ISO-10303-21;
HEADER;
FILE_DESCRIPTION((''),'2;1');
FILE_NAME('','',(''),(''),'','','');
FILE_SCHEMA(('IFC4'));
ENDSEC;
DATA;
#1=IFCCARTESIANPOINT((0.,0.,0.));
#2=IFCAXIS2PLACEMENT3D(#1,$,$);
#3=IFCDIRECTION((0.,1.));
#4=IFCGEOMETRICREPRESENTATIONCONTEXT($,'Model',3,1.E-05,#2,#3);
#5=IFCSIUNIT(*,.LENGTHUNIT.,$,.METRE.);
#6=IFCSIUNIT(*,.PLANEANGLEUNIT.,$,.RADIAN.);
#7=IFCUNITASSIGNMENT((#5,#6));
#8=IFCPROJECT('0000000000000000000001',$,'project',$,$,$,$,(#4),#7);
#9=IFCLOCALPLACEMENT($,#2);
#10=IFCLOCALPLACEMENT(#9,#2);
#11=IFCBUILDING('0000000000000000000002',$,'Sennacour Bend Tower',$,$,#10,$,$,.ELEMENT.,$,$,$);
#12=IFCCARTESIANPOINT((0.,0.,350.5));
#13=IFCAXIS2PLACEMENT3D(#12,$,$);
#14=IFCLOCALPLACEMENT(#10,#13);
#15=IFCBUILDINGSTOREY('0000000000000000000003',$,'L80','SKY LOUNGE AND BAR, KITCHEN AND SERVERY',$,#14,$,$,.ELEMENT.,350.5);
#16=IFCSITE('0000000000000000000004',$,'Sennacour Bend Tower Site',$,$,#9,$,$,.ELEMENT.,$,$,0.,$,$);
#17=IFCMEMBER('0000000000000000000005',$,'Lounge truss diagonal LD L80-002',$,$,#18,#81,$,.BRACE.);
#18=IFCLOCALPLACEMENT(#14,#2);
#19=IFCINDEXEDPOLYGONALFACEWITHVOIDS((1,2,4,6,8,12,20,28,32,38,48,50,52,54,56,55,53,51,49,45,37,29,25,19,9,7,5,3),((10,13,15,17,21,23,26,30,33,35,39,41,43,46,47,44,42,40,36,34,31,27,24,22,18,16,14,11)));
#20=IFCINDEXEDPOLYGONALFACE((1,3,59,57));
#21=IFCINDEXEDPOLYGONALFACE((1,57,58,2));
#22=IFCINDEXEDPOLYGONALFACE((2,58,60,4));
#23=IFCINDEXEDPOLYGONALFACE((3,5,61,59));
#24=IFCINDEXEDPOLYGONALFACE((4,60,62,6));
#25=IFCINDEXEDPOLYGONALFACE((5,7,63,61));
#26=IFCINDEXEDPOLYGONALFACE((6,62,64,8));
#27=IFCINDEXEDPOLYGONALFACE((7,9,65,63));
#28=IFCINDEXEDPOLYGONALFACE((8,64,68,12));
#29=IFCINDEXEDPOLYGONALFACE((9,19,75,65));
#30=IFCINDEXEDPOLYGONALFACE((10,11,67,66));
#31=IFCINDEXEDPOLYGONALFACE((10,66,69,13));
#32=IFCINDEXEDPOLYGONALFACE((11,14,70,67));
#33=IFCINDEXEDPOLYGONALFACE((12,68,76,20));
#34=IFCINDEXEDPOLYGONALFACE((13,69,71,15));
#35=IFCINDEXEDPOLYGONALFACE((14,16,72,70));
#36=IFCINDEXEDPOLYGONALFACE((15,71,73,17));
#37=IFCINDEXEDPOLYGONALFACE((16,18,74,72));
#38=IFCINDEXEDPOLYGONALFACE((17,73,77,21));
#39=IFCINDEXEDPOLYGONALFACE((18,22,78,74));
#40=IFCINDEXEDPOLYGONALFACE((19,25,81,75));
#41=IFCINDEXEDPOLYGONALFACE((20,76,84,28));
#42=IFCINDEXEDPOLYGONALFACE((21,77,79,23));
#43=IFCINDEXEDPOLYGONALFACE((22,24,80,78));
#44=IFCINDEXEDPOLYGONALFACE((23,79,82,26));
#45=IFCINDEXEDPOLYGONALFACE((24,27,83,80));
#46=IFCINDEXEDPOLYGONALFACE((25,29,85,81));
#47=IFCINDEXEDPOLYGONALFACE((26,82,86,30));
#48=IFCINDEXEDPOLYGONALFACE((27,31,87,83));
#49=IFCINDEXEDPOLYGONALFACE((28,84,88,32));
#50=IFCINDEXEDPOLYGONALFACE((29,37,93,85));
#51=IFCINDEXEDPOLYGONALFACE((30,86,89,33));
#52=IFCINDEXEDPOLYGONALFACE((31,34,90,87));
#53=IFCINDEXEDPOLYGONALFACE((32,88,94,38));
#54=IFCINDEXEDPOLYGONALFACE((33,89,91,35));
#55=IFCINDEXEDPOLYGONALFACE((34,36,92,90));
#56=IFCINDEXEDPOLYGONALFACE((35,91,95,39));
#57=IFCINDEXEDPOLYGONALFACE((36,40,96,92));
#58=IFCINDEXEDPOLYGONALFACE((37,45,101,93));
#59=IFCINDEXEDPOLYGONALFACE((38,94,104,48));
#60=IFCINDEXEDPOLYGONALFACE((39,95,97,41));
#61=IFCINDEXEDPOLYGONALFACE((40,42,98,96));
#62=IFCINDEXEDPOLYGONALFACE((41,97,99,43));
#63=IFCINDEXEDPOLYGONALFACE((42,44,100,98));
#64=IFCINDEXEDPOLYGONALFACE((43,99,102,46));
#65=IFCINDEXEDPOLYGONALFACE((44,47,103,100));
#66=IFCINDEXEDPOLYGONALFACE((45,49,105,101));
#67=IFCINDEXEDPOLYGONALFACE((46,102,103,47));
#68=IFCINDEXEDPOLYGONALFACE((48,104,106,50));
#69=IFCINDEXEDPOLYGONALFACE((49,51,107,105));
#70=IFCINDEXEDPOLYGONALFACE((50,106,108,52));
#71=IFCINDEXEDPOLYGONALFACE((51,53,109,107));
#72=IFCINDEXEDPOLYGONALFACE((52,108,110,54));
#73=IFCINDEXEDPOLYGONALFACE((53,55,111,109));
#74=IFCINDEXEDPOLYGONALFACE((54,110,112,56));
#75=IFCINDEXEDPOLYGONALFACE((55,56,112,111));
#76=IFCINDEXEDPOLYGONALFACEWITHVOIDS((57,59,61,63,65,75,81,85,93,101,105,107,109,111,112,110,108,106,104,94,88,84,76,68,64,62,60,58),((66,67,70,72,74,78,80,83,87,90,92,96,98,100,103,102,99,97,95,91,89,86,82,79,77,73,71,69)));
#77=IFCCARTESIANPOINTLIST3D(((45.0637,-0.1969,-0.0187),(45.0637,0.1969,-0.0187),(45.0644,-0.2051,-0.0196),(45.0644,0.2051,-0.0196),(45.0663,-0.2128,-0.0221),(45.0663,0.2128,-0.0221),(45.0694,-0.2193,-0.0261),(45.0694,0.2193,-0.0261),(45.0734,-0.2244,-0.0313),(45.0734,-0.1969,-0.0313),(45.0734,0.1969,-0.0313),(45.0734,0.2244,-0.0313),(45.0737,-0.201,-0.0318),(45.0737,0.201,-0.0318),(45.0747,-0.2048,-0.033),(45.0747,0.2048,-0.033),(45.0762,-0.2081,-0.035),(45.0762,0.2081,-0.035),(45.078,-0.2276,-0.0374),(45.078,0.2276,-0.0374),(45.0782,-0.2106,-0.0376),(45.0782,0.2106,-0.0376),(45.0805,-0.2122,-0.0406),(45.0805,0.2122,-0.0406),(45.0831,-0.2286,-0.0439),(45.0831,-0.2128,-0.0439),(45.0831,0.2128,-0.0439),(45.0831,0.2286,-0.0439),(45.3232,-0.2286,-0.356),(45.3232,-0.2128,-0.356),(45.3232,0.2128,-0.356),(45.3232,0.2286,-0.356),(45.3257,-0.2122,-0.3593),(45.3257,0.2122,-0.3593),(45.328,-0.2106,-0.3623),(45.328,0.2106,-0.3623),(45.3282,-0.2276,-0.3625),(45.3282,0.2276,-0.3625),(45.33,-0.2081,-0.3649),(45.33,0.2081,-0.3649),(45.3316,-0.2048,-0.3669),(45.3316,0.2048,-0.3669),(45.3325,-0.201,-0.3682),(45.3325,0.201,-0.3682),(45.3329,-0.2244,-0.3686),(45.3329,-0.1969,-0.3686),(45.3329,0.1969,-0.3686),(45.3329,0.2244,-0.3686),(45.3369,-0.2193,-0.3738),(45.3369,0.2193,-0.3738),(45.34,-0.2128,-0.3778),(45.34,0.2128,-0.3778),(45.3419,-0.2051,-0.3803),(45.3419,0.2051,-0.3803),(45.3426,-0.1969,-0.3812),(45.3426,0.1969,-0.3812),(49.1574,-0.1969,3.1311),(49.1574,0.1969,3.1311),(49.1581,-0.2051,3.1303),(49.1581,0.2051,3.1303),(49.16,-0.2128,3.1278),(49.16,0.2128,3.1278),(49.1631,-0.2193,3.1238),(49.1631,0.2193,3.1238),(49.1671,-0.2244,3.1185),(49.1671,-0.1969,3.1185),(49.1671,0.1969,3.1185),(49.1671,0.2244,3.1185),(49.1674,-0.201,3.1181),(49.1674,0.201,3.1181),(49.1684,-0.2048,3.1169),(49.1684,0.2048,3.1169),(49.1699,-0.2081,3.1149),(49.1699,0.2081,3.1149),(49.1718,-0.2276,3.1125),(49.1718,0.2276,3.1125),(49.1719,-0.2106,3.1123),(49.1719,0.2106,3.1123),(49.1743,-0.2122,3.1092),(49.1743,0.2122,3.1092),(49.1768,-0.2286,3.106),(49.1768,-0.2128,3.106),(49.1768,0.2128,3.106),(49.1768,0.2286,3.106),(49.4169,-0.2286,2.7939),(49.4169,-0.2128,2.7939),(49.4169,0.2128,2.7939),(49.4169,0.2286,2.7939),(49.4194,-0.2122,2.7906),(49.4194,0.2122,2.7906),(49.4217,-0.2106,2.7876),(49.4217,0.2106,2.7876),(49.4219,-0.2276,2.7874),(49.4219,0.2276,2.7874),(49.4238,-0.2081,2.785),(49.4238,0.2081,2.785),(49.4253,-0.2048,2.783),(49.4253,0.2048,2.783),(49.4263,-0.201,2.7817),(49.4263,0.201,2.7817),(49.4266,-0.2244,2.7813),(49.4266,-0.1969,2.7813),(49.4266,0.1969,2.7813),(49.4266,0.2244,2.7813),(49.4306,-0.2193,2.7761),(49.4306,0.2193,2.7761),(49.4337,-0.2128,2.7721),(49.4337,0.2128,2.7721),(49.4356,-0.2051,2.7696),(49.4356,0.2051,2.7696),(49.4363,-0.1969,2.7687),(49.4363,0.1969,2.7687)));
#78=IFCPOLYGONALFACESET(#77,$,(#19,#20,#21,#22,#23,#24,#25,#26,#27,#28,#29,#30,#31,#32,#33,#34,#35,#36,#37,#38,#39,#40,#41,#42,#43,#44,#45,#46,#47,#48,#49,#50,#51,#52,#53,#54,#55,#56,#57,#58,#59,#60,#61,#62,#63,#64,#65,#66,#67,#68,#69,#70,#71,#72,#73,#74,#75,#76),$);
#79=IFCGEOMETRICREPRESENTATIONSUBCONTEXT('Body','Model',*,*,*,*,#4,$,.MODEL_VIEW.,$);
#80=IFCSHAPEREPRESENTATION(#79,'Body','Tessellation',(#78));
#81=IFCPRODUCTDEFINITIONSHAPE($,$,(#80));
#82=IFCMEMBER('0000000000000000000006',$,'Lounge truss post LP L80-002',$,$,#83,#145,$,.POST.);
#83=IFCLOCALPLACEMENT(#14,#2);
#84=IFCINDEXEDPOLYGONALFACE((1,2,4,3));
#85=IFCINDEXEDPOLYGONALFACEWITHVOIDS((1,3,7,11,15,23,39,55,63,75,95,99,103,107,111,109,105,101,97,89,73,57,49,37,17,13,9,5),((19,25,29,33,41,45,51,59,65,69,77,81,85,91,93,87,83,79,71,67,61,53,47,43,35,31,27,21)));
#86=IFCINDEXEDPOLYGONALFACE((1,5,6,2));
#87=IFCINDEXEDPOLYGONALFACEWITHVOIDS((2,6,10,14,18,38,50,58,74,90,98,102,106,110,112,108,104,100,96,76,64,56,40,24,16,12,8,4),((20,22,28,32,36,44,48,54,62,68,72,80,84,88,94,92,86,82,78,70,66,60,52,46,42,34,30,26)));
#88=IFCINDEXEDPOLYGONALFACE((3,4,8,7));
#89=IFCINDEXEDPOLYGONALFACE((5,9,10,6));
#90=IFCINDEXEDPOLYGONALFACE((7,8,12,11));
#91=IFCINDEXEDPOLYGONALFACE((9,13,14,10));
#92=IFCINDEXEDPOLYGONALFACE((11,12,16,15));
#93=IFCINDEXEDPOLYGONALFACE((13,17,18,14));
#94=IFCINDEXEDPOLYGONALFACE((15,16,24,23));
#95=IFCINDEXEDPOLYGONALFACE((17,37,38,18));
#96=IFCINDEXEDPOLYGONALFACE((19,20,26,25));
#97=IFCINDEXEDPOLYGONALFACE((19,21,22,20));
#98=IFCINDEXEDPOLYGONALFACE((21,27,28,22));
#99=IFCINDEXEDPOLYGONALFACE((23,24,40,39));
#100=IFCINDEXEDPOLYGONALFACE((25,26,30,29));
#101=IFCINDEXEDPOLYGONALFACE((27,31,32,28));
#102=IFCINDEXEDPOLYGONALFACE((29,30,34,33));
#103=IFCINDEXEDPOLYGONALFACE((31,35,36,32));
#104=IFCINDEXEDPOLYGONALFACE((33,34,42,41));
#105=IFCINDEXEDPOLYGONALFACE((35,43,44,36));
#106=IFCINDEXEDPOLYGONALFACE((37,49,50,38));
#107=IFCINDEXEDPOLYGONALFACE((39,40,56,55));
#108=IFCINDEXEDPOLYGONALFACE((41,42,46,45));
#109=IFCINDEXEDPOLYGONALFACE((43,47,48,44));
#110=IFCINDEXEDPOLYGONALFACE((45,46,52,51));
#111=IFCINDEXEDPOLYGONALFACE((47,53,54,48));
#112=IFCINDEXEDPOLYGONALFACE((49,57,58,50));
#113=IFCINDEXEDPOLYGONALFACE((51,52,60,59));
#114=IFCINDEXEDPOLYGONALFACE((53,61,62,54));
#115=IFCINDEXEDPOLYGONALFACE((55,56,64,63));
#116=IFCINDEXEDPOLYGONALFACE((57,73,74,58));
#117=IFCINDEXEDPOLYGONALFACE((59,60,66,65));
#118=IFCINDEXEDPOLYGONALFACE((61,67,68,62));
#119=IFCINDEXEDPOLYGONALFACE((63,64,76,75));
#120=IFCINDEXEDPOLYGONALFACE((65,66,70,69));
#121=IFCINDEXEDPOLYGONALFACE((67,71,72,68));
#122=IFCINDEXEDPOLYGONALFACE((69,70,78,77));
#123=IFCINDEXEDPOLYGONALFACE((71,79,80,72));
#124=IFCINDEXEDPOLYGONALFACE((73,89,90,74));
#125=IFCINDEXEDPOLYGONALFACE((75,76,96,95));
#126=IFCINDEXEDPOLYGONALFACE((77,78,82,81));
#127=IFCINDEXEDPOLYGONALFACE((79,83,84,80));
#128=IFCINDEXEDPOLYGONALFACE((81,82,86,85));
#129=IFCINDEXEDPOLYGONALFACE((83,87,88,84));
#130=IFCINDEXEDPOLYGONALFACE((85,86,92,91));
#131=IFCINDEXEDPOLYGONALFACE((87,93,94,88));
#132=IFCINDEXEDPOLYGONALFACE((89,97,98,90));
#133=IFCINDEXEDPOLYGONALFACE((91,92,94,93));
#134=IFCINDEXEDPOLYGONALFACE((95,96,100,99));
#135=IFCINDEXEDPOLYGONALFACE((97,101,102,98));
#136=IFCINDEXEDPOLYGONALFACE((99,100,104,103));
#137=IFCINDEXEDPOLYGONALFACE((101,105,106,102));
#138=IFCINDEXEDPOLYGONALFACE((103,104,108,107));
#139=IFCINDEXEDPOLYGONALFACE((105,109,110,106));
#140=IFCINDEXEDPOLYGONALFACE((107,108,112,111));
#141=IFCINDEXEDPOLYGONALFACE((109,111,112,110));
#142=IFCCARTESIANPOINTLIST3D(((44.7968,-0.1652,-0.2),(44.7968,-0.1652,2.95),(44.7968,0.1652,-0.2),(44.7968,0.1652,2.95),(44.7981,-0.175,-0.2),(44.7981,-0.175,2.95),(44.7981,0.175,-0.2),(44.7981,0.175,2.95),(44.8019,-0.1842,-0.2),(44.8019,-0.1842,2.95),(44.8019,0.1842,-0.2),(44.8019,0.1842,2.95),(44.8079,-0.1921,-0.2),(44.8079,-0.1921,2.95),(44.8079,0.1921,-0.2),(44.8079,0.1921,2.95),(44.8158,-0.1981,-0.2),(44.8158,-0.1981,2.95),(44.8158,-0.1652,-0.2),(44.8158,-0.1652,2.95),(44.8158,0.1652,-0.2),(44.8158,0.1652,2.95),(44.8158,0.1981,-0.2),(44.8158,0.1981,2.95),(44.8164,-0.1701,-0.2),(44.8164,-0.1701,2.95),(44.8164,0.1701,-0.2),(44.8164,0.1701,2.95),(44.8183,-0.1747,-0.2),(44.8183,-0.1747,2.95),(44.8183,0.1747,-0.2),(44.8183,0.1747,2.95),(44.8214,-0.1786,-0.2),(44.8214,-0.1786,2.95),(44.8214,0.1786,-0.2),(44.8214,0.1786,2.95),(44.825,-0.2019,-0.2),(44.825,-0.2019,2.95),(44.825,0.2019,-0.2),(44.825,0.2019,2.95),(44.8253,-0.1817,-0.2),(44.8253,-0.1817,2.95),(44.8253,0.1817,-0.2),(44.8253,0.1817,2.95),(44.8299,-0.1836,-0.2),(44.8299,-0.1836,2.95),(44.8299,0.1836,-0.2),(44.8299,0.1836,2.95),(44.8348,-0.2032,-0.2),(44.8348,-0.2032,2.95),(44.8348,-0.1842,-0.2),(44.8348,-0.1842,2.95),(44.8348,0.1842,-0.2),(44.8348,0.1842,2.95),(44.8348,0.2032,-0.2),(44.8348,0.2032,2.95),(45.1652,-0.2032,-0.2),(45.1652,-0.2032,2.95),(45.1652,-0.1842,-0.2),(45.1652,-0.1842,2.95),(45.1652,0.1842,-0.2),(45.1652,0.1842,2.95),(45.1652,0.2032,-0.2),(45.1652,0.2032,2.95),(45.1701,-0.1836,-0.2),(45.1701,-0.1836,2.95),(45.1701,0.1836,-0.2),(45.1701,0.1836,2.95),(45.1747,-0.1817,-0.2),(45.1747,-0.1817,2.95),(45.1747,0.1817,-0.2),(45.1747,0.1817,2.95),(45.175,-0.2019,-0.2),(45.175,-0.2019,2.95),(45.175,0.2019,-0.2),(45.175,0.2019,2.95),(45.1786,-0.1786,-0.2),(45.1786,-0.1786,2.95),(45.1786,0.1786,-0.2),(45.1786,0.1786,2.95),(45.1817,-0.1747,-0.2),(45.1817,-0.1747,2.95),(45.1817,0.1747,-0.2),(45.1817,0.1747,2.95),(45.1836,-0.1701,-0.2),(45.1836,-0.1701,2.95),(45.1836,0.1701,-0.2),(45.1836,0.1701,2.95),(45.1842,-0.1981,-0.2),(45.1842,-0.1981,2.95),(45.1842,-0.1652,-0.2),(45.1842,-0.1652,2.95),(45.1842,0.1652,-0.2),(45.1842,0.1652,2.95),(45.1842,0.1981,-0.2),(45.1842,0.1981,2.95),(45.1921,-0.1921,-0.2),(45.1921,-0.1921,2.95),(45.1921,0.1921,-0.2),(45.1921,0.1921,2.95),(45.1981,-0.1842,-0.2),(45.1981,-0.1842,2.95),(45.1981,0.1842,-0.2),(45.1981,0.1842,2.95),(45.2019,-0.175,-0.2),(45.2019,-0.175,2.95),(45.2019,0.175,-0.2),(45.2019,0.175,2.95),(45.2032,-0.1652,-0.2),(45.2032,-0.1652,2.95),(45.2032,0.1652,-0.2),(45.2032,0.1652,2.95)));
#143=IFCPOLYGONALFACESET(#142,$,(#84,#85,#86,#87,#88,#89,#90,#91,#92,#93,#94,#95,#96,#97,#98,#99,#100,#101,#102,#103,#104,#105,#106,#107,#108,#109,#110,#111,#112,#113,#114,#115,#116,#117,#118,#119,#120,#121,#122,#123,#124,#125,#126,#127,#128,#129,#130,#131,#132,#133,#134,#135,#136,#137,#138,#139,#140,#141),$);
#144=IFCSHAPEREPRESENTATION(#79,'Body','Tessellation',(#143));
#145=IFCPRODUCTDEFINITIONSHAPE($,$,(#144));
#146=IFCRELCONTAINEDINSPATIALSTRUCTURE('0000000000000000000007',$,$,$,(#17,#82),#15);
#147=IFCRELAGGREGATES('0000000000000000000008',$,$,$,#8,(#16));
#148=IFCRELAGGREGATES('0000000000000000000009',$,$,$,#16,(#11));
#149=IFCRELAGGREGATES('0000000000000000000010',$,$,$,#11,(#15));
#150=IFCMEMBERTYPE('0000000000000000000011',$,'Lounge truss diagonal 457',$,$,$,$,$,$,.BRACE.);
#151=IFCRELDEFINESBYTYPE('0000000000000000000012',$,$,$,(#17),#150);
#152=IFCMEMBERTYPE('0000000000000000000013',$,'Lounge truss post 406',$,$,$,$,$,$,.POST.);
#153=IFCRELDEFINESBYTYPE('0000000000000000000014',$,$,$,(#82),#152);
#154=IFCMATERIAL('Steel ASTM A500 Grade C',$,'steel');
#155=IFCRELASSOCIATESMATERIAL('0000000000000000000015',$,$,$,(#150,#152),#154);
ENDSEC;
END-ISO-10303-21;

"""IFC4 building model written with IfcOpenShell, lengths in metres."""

from ifc_helpers import new_model, si_unit, direction, frame, origin, origin_2d, place, context, subcontext, project, spatial, hollow_rectangle, extrude, material, material_profile, profile_set, type_object, element, save


model = new_model("IFC4")

# Units and contexts
model_context = context("Model", 3, precision=1e-05, world=origin(), true_north=direction((0.0, 1.0)))
body_context = subcontext(model_context, "Body", "Model", "MODEL_VIEW")
ifc_project = project(units=[si_unit("LENGTHUNIT", "METRE"), si_unit("PLANEANGLEUNIT", "RADIAN")], contexts=[model_context])

# Site, building, storey
site_placement = place(None, origin())
site = spatial("IfcSite", under=ifc_project, at=site_placement, Name="Sennacour Bend Tower Site", CompositionType="ELEMENT", RefElevation=0.0)
building_placement = place(site_placement, origin())
building = spatial("IfcBuilding", under=site, at=building_placement, Name="Sennacour Bend Tower", CompositionType="ELEMENT")
storey_placement = place(building_placement, frame((0.0, 0.0, 350.5)))
storey = spatial("IfcBuildingStorey", under=building, at=storey_placement, Name="L80", Description="SKY LOUNGE AND BAR, KITCHEN AND SERVERY", CompositionType="ELEMENT", Elevation=350.5)

# Members
ifc_material_1 = material(Name="Steel ASTM A500 Grade C", Category="steel")
ifc_material_profile_1 = material_profile(ifc_material_1, hollow_rectangle(XDim=0.4573, YDim=0.4573, WallThickness=0.0159, InnerFilletRadius=0.0159, OuterFilletRadius=0.0317, at=origin_2d()), Name="Steel ASTM A500 Grade C", Category="steel")
ifc_profile_set_1 = profile_set([ifc_material_profile_1], Name="Steel ASTM A500 Grade C")
member_type_1 = type_object("IfcMemberType", Name="Lounge truss diagonal 457", PredefinedType="BRACE", material=ifc_profile_set_1)
member_1_placement = place(storey_placement, frame((45.2031, 0.0, -0.2), z_axis=(0.792543, 0.0, 0.609816), x_axis=(0.0, 1.0, 0.0)))
element("IfcMember", 1, at=member_1_placement, inside=storey, type_object=member_type_1, Name="Lounge truss diagonal LD L80-002", PredefinedType="BRACE", context=body_context, shape_type="SweptSolid", body=[
    extrude(hollow_rectangle(XDim=0.4573, YDim=0.4573, WallThickness=0.0159, InnerFilletRadius=0.0159, OuterFilletRadius=0.0317, at=origin_2d()), origin(), (0.0, 0.0, 1.0), 5.1653),
])
ifc_material_profile_2 = material_profile(ifc_material_1, hollow_rectangle(XDim=0.4065, YDim=0.4065, WallThickness=0.019, InnerFilletRadius=0.019, OuterFilletRadius=0.0381, at=origin_2d()), Name="Steel ASTM A500 Grade C", Category="steel")
ifc_profile_set_2 = profile_set([ifc_material_profile_2], Name="Steel ASTM A500 Grade C")
member_type_2 = type_object("IfcMemberType", Name="Lounge truss post 406", PredefinedType="POST", material=ifc_profile_set_2)
for number, where, z_axis, x_axis, name in (
    (2, (45.0, 0.0, -0.2), (0.0, 0.0, 1.0), (1.0, 0.0, 0.0), "Lounge truss post LP L80-002"),
):
    element("IfcMember", number, at=place(storey_placement, frame(where, z_axis=z_axis, x_axis=x_axis)), inside=storey, type_object=member_type_2, Name=name, PredefinedType="POST", context=body_context, shape_type="SweptSolid", body=[
        extrude(hollow_rectangle(XDim=0.4065, YDim=0.4065, WallThickness=0.019, InnerFilletRadius=0.019, OuterFilletRadius=0.0381, at=origin_2d()), origin(), (0.0, 0.0, 1.0), 3.1499),
    ])

save(model, "model.ifc")
